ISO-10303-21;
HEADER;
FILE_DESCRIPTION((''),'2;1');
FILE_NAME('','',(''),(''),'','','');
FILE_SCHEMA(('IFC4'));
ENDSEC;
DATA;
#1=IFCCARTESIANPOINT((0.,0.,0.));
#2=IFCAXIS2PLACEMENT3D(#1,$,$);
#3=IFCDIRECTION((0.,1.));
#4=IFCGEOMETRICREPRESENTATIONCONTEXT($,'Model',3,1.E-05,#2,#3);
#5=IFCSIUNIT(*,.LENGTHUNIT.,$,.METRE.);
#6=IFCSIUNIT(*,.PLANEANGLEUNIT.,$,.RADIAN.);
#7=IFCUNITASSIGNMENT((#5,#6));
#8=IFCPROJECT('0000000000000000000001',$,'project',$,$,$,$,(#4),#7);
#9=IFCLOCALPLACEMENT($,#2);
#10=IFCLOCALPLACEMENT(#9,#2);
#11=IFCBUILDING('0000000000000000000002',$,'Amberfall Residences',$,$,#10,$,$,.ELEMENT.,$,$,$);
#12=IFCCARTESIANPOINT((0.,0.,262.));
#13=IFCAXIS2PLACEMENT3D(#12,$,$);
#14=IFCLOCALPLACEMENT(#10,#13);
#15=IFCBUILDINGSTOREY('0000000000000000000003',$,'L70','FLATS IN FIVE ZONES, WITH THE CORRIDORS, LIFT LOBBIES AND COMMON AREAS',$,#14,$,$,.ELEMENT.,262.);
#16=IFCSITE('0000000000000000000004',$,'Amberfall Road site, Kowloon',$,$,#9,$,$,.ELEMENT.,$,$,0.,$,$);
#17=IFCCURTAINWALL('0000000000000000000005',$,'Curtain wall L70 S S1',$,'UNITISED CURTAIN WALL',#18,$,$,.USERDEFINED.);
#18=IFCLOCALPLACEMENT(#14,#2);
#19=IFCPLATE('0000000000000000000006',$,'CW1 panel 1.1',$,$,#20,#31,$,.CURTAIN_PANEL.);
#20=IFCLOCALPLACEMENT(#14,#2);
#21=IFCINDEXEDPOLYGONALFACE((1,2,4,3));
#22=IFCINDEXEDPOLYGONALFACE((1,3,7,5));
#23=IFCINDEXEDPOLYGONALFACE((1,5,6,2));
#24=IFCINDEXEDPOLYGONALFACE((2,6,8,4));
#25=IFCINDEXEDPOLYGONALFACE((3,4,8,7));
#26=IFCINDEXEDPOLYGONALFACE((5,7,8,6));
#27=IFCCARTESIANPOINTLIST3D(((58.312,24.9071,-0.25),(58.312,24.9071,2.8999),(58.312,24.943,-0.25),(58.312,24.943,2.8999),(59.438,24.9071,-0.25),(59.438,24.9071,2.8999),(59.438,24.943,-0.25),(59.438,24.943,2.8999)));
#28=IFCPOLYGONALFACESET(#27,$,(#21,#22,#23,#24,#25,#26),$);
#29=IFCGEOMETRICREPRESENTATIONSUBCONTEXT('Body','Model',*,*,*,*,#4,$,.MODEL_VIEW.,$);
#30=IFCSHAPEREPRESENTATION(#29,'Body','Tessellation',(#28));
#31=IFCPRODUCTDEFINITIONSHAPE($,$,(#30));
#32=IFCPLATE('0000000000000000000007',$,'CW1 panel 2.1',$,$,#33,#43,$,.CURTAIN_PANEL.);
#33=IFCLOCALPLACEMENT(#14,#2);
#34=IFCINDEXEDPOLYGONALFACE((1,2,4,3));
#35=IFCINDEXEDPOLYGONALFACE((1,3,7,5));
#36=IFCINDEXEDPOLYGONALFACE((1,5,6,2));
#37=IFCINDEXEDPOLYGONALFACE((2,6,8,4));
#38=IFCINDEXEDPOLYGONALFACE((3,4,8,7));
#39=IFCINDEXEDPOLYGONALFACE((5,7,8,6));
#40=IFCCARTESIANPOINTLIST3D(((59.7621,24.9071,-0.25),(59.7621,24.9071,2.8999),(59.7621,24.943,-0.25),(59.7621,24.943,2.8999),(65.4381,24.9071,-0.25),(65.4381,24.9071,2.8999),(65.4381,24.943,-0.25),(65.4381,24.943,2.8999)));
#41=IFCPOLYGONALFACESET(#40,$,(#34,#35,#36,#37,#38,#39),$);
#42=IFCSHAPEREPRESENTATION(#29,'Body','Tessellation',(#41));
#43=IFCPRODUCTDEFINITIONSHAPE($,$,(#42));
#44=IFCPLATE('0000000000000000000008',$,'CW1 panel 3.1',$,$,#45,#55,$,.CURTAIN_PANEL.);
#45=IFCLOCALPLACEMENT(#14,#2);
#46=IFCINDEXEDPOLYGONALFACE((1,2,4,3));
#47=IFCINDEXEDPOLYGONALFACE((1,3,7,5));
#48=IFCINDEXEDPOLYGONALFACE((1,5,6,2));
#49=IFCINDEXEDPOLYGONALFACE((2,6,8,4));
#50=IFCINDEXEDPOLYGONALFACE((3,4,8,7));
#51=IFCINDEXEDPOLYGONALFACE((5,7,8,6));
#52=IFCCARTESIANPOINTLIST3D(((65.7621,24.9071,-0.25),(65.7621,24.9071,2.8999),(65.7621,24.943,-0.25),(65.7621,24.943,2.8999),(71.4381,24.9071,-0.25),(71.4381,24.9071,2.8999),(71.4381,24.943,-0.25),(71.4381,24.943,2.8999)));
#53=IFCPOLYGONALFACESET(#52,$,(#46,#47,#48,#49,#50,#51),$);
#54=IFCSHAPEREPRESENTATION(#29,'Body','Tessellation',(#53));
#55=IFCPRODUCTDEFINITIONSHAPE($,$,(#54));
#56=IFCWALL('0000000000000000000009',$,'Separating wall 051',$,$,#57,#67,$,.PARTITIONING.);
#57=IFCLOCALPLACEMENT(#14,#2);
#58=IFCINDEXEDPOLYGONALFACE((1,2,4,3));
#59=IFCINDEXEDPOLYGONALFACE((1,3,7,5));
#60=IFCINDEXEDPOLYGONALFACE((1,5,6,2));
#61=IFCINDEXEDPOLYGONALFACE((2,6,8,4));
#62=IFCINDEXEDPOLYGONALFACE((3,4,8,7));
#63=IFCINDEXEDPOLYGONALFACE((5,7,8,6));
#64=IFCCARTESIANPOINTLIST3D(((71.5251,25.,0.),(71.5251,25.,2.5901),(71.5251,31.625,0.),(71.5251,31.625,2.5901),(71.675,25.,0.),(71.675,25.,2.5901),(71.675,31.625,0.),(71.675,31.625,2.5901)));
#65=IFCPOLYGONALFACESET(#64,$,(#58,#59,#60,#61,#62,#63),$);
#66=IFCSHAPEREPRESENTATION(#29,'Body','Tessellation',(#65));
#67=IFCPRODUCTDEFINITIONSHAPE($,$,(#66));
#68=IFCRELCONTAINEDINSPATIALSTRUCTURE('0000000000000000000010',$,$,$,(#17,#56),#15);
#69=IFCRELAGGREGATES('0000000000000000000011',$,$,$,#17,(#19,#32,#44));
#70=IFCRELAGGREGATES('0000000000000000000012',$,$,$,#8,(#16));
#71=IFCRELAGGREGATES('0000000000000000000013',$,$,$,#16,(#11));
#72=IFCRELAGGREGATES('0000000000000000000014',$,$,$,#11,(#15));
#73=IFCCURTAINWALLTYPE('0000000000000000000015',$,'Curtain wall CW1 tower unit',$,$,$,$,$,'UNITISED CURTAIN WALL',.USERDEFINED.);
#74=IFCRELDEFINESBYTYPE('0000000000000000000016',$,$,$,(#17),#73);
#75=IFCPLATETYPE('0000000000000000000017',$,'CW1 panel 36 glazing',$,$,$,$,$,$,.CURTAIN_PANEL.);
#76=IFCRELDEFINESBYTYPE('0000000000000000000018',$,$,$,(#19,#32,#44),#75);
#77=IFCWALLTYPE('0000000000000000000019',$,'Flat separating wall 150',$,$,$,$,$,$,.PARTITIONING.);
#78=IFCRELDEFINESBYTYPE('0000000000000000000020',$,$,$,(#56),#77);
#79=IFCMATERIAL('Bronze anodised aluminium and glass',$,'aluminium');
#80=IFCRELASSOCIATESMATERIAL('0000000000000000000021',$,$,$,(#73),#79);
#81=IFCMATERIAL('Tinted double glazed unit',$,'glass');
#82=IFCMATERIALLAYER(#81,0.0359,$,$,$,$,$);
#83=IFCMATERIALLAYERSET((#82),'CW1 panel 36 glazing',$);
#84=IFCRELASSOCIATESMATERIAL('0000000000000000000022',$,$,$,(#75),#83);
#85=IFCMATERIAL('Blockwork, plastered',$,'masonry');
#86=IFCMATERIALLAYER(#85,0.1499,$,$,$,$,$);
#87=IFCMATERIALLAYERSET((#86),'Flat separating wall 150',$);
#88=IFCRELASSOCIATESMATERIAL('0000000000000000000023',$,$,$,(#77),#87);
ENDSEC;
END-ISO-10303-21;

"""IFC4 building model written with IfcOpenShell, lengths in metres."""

from ifc_helpers import new_model, si_unit, direction, frame, frame_2d, origin, origin_2d, place, context, subcontext, project, spatial, rectangle, extrude, material, layer, layer_set, type_object, element, aggregate, save


model = new_model("IFC4")

# Units and contexts
model_context = context("Model", 3, precision=1e-05, world=origin(), true_north=direction((0.0, 1.0)))
body_context = subcontext(model_context, "Body", "Model", "MODEL_VIEW")
ifc_project = project(units=[si_unit("LENGTHUNIT", "METRE"), si_unit("PLANEANGLEUNIT", "RADIAN")], contexts=[model_context])

# Site, building, storey
site_placement = place(None, origin())
site = spatial("IfcSite", under=ifc_project, at=site_placement, Name="Amberfall Road site, Kowloon", CompositionType="ELEMENT", RefElevation=0.0)
building_placement = place(site_placement, origin())
building = spatial("IfcBuilding", under=site, at=building_placement, Name="Amberfall Residences", CompositionType="ELEMENT")
storey_placement = place(building_placement, frame((0.0, 0.0, 262.0)))
storey = spatial("IfcBuildingStorey", under=building, at=storey_placement, Name="L70", Description="FLATS IN FIVE ZONES, WITH THE CORRIDORS, LIFT LOBBIES AND COMMON AREAS", CompositionType="ELEMENT", Elevation=262.0)

# Curtain wall
ifc_material_1 = material(Name="Bronze anodised aluminium and glass", Category="aluminium")
curtain_wall_type = type_object("IfcCurtainWallType", Name="Curtain wall CW1 tower unit", ElementType="UNITISED CURTAIN WALL", PredefinedType="USERDEFINED", material=ifc_material_1)
curtain_wall_placement = place(storey_placement, origin())
curtain_wall = element("IfcCurtainWall", 1, at=curtain_wall_placement, inside=storey, type_object=curtain_wall_type, Name="Curtain wall L70 S S1", ObjectType="UNITISED CURTAIN WALL", PredefinedType="USERDEFINED")

# Plates
ifc_material_2 = material(Name="Tinted double glazed unit", Category="glass")
ifc_layer_1 = layer(ifc_material_2, 0.0359)
ifc_layer_set_1 = layer_set([ifc_layer_1], Name="CW1 panel 36 glazing")
plate_type = type_object("IfcPlateType", Name="CW1 panel 36 glazing", PredefinedType="CURTAIN_PANEL", material=ifc_layer_set_1)
plate_1_placement = place(storey_placement, frame((58.875, 24.925, -0.25), z_axis=(0.0, 0.0, 1.0), x_axis=(1.0, 0.0, 0.0)))
plate_1 = element("IfcPlate", 2, at=plate_1_placement, type_object=plate_type, Name="CW1 panel 1.1", PredefinedType="CURTAIN_PANEL", context=body_context, shape_type="SweptSolid", body=[
    extrude(rectangle(XDim=1.126, YDim=0.0359, at=origin_2d()), origin(), (0.0, 0.0, 1.0), 3.1499),
])
plate_2_placement = place(storey_placement, frame((62.6001, 24.925, -0.25), z_axis=(0.0, 0.0, 1.0), x_axis=(1.0, 0.0, 0.0)))
plate_2 = element("IfcPlate", 3, at=plate_2_placement, type_object=plate_type, Name="CW1 panel 2.1", PredefinedType="CURTAIN_PANEL", context=body_context, shape_type="SweptSolid", body=[
    extrude(rectangle(XDim=5.676, YDim=0.0359, at=origin_2d()), origin(), (0.0, 0.0, 1.0), 3.1499),
])
plate_3_placement = place(storey_placement, frame((68.6001, 24.925, -0.25), z_axis=(0.0, 0.0, 1.0), x_axis=(1.0, 0.0, 0.0)))
plate_3 = element("IfcPlate", 4, at=plate_3_placement, type_object=plate_type, Name="CW1 panel 3.1", PredefinedType="CURTAIN_PANEL", context=body_context, shape_type="SweptSolid", body=[
    extrude(rectangle(XDim=5.676, YDim=0.0359, at=origin_2d()), origin(), (0.0, 0.0, 1.0), 3.1499),
])
aggregate(curtain_wall, [plate_1, plate_2, plate_3])

# Wall
ifc_material_3 = material(Name="Blockwork, plastered", Category="masonry")
ifc_layer_2 = layer(ifc_material_3, 0.1499)
ifc_layer_set_2 = layer_set([ifc_layer_2], Name="Flat separating wall 150")
wall_type = type_object("IfcWallType", Name="Flat separating wall 150", PredefinedType="PARTITIONING", material=ifc_layer_set_2)
wall_placement = place(storey_placement, frame((71.6001, 25.0, 0.0), z_axis=(0.0, 0.0, 1.0), x_axis=(0.0, 1.0, 0.0)))
element("IfcWall", 5, at=wall_placement, inside=storey, type_object=wall_type, Name="Separating wall 051", PredefinedType="PARTITIONING", context=body_context, shape_type="SweptSolid", body=[
    extrude(rectangle(XDim=6.625, YDim=0.1499, at=frame_2d((3.3125, 0.0))), origin(), (0.0, 0.0, 1.0), 2.5901),
])

save(model, "model.ifc")
